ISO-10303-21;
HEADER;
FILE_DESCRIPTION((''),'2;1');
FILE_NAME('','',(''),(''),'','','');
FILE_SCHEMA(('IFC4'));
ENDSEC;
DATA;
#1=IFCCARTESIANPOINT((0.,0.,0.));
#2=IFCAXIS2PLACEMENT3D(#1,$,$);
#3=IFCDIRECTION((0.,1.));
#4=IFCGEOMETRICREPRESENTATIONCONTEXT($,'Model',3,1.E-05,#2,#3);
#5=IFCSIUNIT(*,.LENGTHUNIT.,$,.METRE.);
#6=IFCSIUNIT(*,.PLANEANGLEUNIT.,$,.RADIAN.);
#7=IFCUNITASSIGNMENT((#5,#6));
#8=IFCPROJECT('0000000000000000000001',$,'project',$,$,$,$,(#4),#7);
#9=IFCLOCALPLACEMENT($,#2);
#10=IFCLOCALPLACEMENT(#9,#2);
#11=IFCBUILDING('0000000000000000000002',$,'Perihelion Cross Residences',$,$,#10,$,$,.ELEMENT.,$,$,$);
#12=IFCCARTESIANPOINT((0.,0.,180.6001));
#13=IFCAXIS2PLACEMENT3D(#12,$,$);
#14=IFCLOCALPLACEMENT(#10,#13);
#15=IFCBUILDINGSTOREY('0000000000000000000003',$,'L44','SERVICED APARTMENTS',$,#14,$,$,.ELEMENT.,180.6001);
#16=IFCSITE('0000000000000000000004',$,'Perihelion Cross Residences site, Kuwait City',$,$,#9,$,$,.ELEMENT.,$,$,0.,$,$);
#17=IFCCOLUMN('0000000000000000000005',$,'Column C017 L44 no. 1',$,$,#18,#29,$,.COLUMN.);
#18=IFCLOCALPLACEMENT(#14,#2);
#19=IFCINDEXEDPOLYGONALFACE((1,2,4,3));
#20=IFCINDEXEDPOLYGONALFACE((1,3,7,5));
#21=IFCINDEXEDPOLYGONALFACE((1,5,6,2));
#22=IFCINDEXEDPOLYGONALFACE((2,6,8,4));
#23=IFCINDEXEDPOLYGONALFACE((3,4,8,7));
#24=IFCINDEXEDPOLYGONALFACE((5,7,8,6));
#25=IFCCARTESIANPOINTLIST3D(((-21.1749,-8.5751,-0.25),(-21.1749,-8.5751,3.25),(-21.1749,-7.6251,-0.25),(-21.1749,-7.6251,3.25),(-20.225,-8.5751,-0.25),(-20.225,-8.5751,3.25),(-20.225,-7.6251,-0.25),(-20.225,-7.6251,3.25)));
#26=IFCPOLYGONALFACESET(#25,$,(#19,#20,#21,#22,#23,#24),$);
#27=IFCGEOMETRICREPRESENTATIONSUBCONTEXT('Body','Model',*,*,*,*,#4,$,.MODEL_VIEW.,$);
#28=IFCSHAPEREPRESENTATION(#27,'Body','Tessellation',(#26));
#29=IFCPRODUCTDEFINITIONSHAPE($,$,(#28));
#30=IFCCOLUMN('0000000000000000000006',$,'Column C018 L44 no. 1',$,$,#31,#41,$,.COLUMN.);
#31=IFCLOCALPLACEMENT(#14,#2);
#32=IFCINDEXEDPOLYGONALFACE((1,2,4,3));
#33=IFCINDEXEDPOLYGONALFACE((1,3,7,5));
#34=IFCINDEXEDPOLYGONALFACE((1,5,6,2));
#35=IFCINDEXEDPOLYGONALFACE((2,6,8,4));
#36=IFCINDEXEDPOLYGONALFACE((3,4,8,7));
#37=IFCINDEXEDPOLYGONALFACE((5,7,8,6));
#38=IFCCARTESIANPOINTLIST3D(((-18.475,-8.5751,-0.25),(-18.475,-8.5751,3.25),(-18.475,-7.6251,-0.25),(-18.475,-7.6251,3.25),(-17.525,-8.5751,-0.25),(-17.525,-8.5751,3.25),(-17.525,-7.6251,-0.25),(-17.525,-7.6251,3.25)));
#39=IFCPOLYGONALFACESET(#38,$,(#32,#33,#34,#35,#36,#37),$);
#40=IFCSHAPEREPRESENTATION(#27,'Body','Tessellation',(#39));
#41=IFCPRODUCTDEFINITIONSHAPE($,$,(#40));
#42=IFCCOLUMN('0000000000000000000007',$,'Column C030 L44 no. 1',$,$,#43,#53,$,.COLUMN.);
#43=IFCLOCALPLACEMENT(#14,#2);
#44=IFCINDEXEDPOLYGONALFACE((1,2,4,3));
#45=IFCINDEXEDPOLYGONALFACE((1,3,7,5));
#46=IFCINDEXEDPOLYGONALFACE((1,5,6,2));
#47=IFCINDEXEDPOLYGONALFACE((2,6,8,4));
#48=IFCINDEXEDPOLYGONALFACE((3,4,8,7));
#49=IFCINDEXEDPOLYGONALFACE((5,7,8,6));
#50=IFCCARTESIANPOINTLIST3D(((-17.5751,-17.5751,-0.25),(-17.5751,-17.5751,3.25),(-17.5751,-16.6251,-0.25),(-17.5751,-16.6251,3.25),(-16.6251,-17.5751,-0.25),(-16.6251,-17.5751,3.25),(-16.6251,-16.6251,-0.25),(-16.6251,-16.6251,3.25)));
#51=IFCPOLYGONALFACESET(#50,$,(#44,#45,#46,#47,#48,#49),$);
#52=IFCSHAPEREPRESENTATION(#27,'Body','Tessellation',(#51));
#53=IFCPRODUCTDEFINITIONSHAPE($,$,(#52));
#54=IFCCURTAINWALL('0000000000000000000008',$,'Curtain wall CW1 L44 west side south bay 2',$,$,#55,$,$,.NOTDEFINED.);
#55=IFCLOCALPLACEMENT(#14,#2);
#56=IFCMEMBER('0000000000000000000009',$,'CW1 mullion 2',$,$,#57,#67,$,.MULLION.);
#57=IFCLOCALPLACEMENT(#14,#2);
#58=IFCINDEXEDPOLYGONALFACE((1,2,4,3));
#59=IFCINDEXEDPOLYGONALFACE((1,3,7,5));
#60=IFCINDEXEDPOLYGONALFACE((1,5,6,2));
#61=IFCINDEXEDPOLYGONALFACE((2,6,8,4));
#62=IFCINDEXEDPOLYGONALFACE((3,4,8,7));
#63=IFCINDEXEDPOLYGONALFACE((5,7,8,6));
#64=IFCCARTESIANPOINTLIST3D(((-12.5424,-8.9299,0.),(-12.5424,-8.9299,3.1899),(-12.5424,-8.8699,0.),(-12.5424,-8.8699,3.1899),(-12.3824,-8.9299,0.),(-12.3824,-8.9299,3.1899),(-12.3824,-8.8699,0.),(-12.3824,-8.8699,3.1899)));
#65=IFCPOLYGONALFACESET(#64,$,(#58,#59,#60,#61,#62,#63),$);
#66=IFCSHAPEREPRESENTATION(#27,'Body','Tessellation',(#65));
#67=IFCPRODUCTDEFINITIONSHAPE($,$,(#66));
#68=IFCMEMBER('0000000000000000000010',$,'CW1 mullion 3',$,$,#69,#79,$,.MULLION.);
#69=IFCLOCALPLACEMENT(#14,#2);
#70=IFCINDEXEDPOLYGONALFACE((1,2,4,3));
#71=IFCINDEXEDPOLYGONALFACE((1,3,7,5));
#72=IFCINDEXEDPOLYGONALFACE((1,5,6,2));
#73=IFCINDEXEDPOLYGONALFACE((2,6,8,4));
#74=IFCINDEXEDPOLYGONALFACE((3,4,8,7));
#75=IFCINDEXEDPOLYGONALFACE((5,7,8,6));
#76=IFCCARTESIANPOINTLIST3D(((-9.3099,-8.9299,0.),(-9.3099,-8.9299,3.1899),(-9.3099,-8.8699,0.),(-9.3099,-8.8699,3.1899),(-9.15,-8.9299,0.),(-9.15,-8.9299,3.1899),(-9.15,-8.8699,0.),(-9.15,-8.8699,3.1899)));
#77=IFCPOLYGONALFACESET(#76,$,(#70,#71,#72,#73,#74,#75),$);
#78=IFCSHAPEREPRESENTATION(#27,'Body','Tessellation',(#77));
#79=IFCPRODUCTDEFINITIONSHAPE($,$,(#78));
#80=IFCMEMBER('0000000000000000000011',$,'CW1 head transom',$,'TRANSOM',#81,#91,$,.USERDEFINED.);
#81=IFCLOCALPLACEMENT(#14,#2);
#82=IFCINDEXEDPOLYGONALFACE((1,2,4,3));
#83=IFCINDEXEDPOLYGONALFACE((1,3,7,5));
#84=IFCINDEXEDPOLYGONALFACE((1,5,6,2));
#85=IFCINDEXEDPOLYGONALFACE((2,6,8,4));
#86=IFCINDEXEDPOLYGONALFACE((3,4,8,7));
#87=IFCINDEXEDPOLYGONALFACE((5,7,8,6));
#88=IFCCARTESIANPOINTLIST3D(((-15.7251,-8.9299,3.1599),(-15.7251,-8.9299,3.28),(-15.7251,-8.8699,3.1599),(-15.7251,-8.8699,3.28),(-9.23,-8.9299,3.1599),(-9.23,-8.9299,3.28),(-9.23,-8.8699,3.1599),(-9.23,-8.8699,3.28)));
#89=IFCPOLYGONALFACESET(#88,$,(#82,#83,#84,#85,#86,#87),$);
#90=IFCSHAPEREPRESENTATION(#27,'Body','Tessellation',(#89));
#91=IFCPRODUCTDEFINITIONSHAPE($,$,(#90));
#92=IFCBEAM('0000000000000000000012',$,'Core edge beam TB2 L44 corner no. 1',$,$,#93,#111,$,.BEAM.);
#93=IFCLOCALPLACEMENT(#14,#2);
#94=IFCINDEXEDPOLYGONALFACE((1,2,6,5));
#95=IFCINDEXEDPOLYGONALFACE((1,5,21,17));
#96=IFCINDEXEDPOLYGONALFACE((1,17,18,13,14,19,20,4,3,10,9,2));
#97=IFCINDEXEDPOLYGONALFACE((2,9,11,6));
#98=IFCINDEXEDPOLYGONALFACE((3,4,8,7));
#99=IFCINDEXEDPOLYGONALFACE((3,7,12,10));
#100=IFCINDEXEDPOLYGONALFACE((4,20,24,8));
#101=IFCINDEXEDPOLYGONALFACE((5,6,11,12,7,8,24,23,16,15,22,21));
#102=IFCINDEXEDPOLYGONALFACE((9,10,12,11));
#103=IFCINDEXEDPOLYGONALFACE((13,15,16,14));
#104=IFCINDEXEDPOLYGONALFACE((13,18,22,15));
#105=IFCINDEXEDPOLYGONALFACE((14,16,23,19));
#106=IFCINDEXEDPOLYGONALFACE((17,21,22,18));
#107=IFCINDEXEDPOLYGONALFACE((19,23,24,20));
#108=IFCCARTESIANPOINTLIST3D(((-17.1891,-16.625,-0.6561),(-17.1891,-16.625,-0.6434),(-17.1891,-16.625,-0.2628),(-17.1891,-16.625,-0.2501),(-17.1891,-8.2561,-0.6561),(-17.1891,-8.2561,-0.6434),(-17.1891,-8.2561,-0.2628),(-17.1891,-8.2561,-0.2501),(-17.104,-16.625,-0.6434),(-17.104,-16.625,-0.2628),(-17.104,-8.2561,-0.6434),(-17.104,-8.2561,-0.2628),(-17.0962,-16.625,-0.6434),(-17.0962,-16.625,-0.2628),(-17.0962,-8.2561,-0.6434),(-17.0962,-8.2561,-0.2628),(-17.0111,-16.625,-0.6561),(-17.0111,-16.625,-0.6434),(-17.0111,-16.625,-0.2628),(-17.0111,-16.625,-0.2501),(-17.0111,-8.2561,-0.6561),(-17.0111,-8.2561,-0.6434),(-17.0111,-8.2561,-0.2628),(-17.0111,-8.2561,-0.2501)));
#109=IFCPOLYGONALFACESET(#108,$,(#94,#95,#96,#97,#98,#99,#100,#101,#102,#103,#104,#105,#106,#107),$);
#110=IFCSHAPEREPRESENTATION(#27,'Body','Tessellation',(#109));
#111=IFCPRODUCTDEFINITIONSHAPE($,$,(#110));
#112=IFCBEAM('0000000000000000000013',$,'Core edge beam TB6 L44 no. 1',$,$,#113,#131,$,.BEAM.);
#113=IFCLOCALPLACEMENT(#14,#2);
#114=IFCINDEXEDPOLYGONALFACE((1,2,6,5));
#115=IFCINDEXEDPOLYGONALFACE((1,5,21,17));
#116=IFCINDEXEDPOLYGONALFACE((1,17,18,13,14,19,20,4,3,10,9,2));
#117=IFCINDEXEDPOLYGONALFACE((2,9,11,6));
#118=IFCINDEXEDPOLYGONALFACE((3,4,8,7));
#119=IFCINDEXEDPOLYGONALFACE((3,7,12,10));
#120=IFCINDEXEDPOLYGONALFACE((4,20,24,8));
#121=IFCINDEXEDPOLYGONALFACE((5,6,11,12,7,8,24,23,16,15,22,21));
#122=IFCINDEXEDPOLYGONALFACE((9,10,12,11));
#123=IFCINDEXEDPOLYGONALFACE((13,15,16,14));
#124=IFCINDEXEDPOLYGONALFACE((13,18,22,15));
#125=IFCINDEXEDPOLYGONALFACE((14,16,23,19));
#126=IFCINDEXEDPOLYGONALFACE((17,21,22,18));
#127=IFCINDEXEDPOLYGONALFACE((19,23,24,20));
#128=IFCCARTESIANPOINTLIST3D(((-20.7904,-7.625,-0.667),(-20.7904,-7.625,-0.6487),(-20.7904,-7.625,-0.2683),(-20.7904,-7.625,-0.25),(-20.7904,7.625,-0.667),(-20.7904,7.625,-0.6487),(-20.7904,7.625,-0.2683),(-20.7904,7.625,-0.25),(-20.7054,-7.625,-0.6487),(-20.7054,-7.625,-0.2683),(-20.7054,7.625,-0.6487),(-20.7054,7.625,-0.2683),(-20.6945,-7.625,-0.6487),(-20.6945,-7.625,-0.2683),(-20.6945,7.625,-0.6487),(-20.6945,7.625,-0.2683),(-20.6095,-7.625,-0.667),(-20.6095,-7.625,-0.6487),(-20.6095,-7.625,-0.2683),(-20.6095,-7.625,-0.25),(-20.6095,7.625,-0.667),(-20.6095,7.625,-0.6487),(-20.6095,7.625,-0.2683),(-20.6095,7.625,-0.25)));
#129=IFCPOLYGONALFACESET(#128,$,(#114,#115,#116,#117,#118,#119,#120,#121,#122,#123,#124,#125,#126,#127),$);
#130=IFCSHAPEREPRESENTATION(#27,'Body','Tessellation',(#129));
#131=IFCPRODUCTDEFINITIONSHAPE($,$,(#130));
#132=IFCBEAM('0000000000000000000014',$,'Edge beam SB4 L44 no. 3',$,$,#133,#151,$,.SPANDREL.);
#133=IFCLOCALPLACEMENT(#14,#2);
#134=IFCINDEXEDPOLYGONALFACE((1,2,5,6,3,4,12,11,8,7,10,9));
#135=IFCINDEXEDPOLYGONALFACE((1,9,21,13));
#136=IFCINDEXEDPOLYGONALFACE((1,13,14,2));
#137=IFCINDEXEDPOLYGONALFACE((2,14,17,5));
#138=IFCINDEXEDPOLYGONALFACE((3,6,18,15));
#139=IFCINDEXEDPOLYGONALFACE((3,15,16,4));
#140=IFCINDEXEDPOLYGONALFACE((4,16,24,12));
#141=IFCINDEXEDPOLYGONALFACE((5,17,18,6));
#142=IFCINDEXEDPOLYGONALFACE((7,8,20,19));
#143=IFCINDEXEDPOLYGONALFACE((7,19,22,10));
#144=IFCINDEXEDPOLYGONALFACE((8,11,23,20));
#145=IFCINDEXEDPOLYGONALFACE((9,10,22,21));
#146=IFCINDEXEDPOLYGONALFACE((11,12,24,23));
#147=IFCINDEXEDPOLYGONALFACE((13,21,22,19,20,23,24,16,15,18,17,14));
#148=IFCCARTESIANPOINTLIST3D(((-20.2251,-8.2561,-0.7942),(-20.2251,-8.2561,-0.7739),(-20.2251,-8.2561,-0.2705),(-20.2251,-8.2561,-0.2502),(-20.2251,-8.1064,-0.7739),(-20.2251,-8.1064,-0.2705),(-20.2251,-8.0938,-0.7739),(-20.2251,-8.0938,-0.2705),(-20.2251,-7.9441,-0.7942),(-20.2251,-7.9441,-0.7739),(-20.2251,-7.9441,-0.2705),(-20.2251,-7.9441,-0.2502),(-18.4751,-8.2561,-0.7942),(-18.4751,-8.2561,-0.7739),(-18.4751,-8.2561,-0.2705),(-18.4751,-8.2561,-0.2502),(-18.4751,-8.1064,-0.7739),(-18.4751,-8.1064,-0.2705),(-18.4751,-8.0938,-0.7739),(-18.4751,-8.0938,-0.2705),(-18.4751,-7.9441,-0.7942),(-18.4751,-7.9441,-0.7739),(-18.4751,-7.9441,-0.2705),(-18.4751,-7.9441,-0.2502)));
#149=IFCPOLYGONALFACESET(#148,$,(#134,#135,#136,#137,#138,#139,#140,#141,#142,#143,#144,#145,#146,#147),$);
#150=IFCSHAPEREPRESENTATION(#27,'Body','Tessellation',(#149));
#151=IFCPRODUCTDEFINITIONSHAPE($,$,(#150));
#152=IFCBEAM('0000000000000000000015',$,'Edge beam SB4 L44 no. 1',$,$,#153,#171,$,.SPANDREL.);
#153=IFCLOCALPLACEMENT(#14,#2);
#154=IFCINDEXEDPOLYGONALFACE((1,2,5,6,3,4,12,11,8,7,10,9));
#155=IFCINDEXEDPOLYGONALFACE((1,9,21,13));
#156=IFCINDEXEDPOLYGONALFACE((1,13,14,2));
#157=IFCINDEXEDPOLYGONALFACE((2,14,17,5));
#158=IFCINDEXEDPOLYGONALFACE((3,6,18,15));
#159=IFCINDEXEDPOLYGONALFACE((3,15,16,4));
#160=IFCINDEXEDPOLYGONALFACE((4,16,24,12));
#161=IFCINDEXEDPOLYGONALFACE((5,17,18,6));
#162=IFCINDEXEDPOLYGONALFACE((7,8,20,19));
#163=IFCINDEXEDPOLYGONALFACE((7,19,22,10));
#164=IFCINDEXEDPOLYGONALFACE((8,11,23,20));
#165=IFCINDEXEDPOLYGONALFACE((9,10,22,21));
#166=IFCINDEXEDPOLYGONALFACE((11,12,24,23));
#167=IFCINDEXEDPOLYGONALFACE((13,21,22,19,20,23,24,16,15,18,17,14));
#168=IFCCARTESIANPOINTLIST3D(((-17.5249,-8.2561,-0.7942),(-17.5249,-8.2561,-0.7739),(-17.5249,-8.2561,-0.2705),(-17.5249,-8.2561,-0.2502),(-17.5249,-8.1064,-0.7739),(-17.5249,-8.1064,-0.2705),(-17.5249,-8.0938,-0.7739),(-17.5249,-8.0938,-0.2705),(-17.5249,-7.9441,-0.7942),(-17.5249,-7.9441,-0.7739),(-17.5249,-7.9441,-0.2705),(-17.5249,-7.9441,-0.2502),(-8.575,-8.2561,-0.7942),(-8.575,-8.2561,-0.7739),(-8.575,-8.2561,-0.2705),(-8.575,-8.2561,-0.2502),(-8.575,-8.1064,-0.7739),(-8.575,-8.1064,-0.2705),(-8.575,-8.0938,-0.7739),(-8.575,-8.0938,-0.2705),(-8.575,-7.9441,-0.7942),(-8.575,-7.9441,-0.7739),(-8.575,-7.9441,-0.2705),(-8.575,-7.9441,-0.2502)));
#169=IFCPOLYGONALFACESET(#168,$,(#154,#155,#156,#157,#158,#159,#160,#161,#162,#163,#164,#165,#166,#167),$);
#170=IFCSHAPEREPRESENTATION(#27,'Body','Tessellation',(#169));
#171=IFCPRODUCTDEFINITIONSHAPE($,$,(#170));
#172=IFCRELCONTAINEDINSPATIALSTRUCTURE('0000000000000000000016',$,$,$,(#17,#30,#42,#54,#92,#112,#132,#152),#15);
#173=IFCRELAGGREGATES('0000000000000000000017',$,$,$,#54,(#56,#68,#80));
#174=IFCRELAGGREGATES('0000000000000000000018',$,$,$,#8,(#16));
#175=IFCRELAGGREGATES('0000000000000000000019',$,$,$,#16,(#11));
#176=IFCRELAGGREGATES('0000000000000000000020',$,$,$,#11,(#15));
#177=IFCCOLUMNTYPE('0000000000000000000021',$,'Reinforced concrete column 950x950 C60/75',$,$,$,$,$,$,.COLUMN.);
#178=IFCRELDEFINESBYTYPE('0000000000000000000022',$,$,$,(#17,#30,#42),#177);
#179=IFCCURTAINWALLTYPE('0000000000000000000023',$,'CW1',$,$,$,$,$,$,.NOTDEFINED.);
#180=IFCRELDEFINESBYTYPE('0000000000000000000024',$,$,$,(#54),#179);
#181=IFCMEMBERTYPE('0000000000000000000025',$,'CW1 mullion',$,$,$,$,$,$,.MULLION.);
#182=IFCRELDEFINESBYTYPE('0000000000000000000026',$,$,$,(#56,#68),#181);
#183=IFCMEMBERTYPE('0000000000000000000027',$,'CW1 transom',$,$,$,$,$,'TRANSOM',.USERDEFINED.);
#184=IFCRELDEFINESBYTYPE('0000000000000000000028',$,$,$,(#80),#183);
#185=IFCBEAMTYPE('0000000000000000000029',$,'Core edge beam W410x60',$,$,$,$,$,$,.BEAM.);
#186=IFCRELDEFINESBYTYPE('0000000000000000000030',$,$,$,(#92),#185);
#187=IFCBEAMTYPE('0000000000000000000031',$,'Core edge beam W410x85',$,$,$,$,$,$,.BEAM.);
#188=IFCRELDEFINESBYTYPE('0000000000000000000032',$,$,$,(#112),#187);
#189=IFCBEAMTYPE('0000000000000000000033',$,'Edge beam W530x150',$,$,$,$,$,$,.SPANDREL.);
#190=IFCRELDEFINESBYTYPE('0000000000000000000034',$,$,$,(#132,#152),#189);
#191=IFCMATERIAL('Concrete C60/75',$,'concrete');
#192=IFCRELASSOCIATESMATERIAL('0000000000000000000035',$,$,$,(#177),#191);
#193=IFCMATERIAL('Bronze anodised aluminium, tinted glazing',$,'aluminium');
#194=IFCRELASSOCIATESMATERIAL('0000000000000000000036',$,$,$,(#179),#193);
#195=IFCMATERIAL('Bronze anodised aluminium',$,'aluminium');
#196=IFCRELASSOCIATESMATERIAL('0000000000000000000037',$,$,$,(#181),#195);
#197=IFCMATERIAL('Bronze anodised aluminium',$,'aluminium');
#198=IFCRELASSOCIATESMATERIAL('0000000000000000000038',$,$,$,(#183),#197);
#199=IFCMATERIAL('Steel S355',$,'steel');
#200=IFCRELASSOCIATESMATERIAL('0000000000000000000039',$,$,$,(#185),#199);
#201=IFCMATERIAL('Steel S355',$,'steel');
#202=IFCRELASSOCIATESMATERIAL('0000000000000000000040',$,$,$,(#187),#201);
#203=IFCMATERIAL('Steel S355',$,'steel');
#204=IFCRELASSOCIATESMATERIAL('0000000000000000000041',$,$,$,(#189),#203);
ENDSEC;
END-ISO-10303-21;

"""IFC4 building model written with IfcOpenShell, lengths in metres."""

from ifc_helpers import new_model, si_unit, direction, frame, origin, origin_2d, place, context, subcontext, project, spatial, rectangle, i_section, extrude, material, material_profile, profile_set, type_object, element, aggregate, save


model = new_model("IFC4")

# Units and contexts
model_context = context("Model", 3, precision=1e-05, world=origin(), true_north=direction((0.0, 1.0)))
body_context = subcontext(model_context, "Body", "Model", "MODEL_VIEW")
ifc_project = project(units=[si_unit("LENGTHUNIT", "METRE"), si_unit("PLANEANGLEUNIT", "RADIAN")], contexts=[model_context])

# Site, building, storey
site_placement = place(None, origin())
site = spatial("IfcSite", under=ifc_project, at=site_placement, Name="Perihelion Cross Residences site, Kuwait City", CompositionType="ELEMENT", RefElevation=0.0)
building_placement = place(site_placement, origin())
building = spatial("IfcBuilding", under=site, at=building_placement, Name="Perihelion Cross Residences", CompositionType="ELEMENT")
storey_placement = place(building_placement, frame((0.0, 0.0, 180.6001)))
storey = spatial("IfcBuildingStorey", under=building, at=storey_placement, Name="L44", Description="SERVICED APARTMENTS", CompositionType="ELEMENT", Elevation=180.6001)

# Columns
ifc_material_1 = material(Name="Concrete C60/75", Category="concrete")
ifc_material_profile_1 = material_profile(ifc_material_1, rectangle(XDim=0.95, YDim=0.95, at=origin_2d()), Name="RC 950x950")
ifc_profile_set_1 = profile_set([ifc_material_profile_1], Name="Concrete C60/75")
column_type = type_object("IfcColumnType", Name="Reinforced concrete column 950x950 C60/75", PredefinedType="COLUMN", material=ifc_profile_set_1)
for number, where, z_axis, x_axis, name in (
    (1, (-20.7, -8.1001, -0.25), (0.0, 0.0, 1.0), (1.0, 0.0, 0.0), "Column C017 L44 no. 1"),
    (2, (-18.0, -8.1001, -0.25), (0.0, 0.0, 1.0), (1.0, 0.0, 0.0), "Column C018 L44 no. 1"),
    (3, (-17.1001, -17.1001, -0.25), (0.0, 0.0, 1.0), (1.0, 0.0, 0.0), "Column C030 L44 no. 1"),
):
    element("IfcColumn", number, at=place(storey_placement, frame(where, z_axis=z_axis, x_axis=x_axis)), inside=storey, type_object=column_type, Name=name, PredefinedType="COLUMN", context=body_context, shape_type="SweptSolid", body=[
        extrude(rectangle(XDim=0.95, YDim=0.95, at=origin_2d()), origin(), (0.0, 0.0, 1.0), 3.5),
    ])

# Curtain wall, members
ifc_material_2 = material(Name="Bronze anodised aluminium, tinted glazing", Category="aluminium")
curtain_wall_type = type_object("IfcCurtainWallType", Name="CW1", PredefinedType="NOTDEFINED", material=ifc_material_2)
curtain_wall_placement = place(storey_placement, origin())
curtain_wall = element("IfcCurtainWall", 4, at=curtain_wall_placement, inside=storey, type_object=curtain_wall_type, Name="Curtain wall CW1 L44 west side south bay 2", PredefinedType="NOTDEFINED")
ifc_material_3 = material(Name="Bronze anodised aluminium", Category="aluminium")
ifc_material_profile_2 = material_profile(ifc_material_3, rectangle(XDim=0.0601, YDim=0.1599, at=origin_2d()), Name="CW1 mullion")
ifc_profile_set_2 = profile_set([ifc_material_profile_2], Name="Bronze anodised aluminium")
member_type_1 = type_object("IfcMemberType", Name="CW1 mullion", PredefinedType="MULLION", material=ifc_profile_set_2)
member_1_placement = place(storey_placement, frame((-12.4624, -8.8999, 0.0), z_axis=(0.0, 0.0, 1.0), x_axis=(0.0, 1.0, 0.0)))
member_1 = element("IfcMember", 5, at=member_1_placement, type_object=member_type_1, Name="CW1 mullion 2", PredefinedType="MULLION", context=body_context, shape_type="SweptSolid", body=[
    extrude(rectangle(XDim=0.0601, YDim=0.1599, at=origin_2d()), origin(), (0.0, 0.0, 1.0), 3.1899),
])
member_2_placement = place(storey_placement, frame((-9.23, -8.8999, 0.0), z_axis=(0.0, 0.0, 1.0), x_axis=(0.0, 1.0, 0.0)))
member_2 = element("IfcMember", 6, at=member_2_placement, type_object=member_type_1, Name="CW1 mullion 3", PredefinedType="MULLION", context=body_context, shape_type="SweptSolid", body=[
    extrude(rectangle(XDim=0.0601, YDim=0.1599, at=origin_2d()), origin(), (0.0, 0.0, 1.0), 3.1899),
])
ifc_material_4 = material(Name="Bronze anodised aluminium", Category="aluminium")
ifc_material_profile_3 = material_profile(ifc_material_4, rectangle(XDim=0.0601, YDim=0.1201, at=origin_2d()), Name="CW1 transom")
ifc_profile_set_3 = profile_set([ifc_material_profile_3], Name="Bronze anodised aluminium")
member_type_2 = type_object("IfcMemberType", Name="CW1 transom", ElementType="TRANSOM", PredefinedType="USERDEFINED", material=ifc_profile_set_3)
member_3_placement = place(storey_placement, frame((-15.7251, -8.8999, 3.22), z_axis=(1.0, 0.0, 0.0), x_axis=(0.0, 1.0, 0.0)))
member_3 = element("IfcMember", 7, at=member_3_placement, type_object=member_type_2, Name="CW1 head transom", ObjectType="TRANSOM", PredefinedType="USERDEFINED", context=body_context, shape_type="SweptSolid", body=[
    extrude(rectangle(XDim=0.0601, YDim=0.1201, at=origin_2d()), origin(), (0.0, 0.0, 1.0), 6.4951),
])

# Beams
ifc_material_5 = material(Name="Steel S355", Category="steel")
ifc_material_profile_4 = material_profile(ifc_material_5, i_section(OverallWidth=0.178, OverallDepth=0.406, WebThickness=0.0078, FlangeThickness=0.0127, at=origin_2d()), Name="W410x60")
ifc_profile_set_4 = profile_set([ifc_material_profile_4], Name="Steel S355")
beam_type_1 = type_object("IfcBeamType", Name="Core edge beam W410x60", PredefinedType="BEAM", material=ifc_profile_set_4)
beam_1_placement = place(storey_placement, frame((-17.1001, -8.2561, -0.4531), z_axis=(0.0, -1.0, 0.0), x_axis=(1.0, 0.0, 0.0)))
element("IfcBeam", 8, at=beam_1_placement, inside=storey, type_object=beam_type_1, Name="Core edge beam TB2 L44 corner no. 1", PredefinedType="BEAM", context=body_context, shape_type="SweptSolid", body=[
    extrude(i_section(OverallWidth=0.178, OverallDepth=0.406, WebThickness=0.0078, FlangeThickness=0.0127, at=origin_2d()), origin(), (0.0, 0.0, 1.0), 8.3689),
])
ifc_material_6 = material(Name="Steel S355", Category="steel")
ifc_material_profile_5 = material_profile(ifc_material_6, i_section(OverallWidth=0.1809, OverallDepth=0.417, WebThickness=0.011, FlangeThickness=0.0183, at=origin_2d()), Name="W410x85")
ifc_profile_set_5 = profile_set([ifc_material_profile_5], Name="Steel S355")
beam_type_2 = type_object("IfcBeamType", Name="Core edge beam W410x85", PredefinedType="BEAM", material=ifc_profile_set_5)
beam_2_placement = place(storey_placement, frame((-20.7, -7.625, -0.4585), z_axis=(0.0, 1.0, 0.0), x_axis=(-1.0, 0.0, 0.0)))
element("IfcBeam", 9, at=beam_2_placement, inside=storey, type_object=beam_type_2, Name="Core edge beam TB6 L44 no. 1", PredefinedType="BEAM", context=body_context, shape_type="SweptSolid", body=[
    extrude(i_section(OverallWidth=0.1809, OverallDepth=0.417, WebThickness=0.011, FlangeThickness=0.0183, at=origin_2d()), origin(), (0.0, 0.0, 1.0), 15.25),
])
ifc_material_7 = material(Name="Steel S355", Category="steel")
ifc_material_profile_6 = material_profile(ifc_material_7, i_section(OverallWidth=0.312, OverallDepth=0.5439, WebThickness=0.0127, FlangeThickness=0.0203, at=origin_2d()), Name="W530x150")
ifc_profile_set_6 = profile_set([ifc_material_profile_6], Name="Steel S355")
beam_type_3 = type_object("IfcBeamType", Name="Edge beam W530x150", PredefinedType="SPANDREL", material=ifc_profile_set_6)
beam_3_placement = place(storey_placement, frame((-20.2251, -8.1001, -0.5222), z_axis=(1.0, 0.0, 0.0), x_axis=(0.0, 1.0, 0.0)))
element("IfcBeam", 10, at=beam_3_placement, inside=storey, type_object=beam_type_3, Name="Edge beam SB4 L44 no. 3", PredefinedType="SPANDREL", context=body_context, shape_type="SweptSolid", body=[
    extrude(i_section(OverallWidth=0.312, OverallDepth=0.5439, WebThickness=0.0127, FlangeThickness=0.0203, at=origin_2d()), origin(), (0.0, 0.0, 1.0), 1.75),
])
beam_4_placement = place(storey_placement, frame((-17.5249, -8.1001, -0.5222), z_axis=(1.0, 0.0, 0.0), x_axis=(0.0, 1.0, 0.0)))
element("IfcBeam", 11, at=beam_4_placement, inside=storey, type_object=beam_type_3, Name="Edge beam SB4 L44 no. 1", PredefinedType="SPANDREL", context=body_context, shape_type="SweptSolid", body=[
    extrude(i_section(OverallWidth=0.312, OverallDepth=0.5439, WebThickness=0.0127, FlangeThickness=0.0203, at=origin_2d()), origin(), (0.0, 0.0, 1.0), 8.95),
])

aggregate(curtain_wall, [member_1, member_2, member_3])

save(model, "model.ifc")
